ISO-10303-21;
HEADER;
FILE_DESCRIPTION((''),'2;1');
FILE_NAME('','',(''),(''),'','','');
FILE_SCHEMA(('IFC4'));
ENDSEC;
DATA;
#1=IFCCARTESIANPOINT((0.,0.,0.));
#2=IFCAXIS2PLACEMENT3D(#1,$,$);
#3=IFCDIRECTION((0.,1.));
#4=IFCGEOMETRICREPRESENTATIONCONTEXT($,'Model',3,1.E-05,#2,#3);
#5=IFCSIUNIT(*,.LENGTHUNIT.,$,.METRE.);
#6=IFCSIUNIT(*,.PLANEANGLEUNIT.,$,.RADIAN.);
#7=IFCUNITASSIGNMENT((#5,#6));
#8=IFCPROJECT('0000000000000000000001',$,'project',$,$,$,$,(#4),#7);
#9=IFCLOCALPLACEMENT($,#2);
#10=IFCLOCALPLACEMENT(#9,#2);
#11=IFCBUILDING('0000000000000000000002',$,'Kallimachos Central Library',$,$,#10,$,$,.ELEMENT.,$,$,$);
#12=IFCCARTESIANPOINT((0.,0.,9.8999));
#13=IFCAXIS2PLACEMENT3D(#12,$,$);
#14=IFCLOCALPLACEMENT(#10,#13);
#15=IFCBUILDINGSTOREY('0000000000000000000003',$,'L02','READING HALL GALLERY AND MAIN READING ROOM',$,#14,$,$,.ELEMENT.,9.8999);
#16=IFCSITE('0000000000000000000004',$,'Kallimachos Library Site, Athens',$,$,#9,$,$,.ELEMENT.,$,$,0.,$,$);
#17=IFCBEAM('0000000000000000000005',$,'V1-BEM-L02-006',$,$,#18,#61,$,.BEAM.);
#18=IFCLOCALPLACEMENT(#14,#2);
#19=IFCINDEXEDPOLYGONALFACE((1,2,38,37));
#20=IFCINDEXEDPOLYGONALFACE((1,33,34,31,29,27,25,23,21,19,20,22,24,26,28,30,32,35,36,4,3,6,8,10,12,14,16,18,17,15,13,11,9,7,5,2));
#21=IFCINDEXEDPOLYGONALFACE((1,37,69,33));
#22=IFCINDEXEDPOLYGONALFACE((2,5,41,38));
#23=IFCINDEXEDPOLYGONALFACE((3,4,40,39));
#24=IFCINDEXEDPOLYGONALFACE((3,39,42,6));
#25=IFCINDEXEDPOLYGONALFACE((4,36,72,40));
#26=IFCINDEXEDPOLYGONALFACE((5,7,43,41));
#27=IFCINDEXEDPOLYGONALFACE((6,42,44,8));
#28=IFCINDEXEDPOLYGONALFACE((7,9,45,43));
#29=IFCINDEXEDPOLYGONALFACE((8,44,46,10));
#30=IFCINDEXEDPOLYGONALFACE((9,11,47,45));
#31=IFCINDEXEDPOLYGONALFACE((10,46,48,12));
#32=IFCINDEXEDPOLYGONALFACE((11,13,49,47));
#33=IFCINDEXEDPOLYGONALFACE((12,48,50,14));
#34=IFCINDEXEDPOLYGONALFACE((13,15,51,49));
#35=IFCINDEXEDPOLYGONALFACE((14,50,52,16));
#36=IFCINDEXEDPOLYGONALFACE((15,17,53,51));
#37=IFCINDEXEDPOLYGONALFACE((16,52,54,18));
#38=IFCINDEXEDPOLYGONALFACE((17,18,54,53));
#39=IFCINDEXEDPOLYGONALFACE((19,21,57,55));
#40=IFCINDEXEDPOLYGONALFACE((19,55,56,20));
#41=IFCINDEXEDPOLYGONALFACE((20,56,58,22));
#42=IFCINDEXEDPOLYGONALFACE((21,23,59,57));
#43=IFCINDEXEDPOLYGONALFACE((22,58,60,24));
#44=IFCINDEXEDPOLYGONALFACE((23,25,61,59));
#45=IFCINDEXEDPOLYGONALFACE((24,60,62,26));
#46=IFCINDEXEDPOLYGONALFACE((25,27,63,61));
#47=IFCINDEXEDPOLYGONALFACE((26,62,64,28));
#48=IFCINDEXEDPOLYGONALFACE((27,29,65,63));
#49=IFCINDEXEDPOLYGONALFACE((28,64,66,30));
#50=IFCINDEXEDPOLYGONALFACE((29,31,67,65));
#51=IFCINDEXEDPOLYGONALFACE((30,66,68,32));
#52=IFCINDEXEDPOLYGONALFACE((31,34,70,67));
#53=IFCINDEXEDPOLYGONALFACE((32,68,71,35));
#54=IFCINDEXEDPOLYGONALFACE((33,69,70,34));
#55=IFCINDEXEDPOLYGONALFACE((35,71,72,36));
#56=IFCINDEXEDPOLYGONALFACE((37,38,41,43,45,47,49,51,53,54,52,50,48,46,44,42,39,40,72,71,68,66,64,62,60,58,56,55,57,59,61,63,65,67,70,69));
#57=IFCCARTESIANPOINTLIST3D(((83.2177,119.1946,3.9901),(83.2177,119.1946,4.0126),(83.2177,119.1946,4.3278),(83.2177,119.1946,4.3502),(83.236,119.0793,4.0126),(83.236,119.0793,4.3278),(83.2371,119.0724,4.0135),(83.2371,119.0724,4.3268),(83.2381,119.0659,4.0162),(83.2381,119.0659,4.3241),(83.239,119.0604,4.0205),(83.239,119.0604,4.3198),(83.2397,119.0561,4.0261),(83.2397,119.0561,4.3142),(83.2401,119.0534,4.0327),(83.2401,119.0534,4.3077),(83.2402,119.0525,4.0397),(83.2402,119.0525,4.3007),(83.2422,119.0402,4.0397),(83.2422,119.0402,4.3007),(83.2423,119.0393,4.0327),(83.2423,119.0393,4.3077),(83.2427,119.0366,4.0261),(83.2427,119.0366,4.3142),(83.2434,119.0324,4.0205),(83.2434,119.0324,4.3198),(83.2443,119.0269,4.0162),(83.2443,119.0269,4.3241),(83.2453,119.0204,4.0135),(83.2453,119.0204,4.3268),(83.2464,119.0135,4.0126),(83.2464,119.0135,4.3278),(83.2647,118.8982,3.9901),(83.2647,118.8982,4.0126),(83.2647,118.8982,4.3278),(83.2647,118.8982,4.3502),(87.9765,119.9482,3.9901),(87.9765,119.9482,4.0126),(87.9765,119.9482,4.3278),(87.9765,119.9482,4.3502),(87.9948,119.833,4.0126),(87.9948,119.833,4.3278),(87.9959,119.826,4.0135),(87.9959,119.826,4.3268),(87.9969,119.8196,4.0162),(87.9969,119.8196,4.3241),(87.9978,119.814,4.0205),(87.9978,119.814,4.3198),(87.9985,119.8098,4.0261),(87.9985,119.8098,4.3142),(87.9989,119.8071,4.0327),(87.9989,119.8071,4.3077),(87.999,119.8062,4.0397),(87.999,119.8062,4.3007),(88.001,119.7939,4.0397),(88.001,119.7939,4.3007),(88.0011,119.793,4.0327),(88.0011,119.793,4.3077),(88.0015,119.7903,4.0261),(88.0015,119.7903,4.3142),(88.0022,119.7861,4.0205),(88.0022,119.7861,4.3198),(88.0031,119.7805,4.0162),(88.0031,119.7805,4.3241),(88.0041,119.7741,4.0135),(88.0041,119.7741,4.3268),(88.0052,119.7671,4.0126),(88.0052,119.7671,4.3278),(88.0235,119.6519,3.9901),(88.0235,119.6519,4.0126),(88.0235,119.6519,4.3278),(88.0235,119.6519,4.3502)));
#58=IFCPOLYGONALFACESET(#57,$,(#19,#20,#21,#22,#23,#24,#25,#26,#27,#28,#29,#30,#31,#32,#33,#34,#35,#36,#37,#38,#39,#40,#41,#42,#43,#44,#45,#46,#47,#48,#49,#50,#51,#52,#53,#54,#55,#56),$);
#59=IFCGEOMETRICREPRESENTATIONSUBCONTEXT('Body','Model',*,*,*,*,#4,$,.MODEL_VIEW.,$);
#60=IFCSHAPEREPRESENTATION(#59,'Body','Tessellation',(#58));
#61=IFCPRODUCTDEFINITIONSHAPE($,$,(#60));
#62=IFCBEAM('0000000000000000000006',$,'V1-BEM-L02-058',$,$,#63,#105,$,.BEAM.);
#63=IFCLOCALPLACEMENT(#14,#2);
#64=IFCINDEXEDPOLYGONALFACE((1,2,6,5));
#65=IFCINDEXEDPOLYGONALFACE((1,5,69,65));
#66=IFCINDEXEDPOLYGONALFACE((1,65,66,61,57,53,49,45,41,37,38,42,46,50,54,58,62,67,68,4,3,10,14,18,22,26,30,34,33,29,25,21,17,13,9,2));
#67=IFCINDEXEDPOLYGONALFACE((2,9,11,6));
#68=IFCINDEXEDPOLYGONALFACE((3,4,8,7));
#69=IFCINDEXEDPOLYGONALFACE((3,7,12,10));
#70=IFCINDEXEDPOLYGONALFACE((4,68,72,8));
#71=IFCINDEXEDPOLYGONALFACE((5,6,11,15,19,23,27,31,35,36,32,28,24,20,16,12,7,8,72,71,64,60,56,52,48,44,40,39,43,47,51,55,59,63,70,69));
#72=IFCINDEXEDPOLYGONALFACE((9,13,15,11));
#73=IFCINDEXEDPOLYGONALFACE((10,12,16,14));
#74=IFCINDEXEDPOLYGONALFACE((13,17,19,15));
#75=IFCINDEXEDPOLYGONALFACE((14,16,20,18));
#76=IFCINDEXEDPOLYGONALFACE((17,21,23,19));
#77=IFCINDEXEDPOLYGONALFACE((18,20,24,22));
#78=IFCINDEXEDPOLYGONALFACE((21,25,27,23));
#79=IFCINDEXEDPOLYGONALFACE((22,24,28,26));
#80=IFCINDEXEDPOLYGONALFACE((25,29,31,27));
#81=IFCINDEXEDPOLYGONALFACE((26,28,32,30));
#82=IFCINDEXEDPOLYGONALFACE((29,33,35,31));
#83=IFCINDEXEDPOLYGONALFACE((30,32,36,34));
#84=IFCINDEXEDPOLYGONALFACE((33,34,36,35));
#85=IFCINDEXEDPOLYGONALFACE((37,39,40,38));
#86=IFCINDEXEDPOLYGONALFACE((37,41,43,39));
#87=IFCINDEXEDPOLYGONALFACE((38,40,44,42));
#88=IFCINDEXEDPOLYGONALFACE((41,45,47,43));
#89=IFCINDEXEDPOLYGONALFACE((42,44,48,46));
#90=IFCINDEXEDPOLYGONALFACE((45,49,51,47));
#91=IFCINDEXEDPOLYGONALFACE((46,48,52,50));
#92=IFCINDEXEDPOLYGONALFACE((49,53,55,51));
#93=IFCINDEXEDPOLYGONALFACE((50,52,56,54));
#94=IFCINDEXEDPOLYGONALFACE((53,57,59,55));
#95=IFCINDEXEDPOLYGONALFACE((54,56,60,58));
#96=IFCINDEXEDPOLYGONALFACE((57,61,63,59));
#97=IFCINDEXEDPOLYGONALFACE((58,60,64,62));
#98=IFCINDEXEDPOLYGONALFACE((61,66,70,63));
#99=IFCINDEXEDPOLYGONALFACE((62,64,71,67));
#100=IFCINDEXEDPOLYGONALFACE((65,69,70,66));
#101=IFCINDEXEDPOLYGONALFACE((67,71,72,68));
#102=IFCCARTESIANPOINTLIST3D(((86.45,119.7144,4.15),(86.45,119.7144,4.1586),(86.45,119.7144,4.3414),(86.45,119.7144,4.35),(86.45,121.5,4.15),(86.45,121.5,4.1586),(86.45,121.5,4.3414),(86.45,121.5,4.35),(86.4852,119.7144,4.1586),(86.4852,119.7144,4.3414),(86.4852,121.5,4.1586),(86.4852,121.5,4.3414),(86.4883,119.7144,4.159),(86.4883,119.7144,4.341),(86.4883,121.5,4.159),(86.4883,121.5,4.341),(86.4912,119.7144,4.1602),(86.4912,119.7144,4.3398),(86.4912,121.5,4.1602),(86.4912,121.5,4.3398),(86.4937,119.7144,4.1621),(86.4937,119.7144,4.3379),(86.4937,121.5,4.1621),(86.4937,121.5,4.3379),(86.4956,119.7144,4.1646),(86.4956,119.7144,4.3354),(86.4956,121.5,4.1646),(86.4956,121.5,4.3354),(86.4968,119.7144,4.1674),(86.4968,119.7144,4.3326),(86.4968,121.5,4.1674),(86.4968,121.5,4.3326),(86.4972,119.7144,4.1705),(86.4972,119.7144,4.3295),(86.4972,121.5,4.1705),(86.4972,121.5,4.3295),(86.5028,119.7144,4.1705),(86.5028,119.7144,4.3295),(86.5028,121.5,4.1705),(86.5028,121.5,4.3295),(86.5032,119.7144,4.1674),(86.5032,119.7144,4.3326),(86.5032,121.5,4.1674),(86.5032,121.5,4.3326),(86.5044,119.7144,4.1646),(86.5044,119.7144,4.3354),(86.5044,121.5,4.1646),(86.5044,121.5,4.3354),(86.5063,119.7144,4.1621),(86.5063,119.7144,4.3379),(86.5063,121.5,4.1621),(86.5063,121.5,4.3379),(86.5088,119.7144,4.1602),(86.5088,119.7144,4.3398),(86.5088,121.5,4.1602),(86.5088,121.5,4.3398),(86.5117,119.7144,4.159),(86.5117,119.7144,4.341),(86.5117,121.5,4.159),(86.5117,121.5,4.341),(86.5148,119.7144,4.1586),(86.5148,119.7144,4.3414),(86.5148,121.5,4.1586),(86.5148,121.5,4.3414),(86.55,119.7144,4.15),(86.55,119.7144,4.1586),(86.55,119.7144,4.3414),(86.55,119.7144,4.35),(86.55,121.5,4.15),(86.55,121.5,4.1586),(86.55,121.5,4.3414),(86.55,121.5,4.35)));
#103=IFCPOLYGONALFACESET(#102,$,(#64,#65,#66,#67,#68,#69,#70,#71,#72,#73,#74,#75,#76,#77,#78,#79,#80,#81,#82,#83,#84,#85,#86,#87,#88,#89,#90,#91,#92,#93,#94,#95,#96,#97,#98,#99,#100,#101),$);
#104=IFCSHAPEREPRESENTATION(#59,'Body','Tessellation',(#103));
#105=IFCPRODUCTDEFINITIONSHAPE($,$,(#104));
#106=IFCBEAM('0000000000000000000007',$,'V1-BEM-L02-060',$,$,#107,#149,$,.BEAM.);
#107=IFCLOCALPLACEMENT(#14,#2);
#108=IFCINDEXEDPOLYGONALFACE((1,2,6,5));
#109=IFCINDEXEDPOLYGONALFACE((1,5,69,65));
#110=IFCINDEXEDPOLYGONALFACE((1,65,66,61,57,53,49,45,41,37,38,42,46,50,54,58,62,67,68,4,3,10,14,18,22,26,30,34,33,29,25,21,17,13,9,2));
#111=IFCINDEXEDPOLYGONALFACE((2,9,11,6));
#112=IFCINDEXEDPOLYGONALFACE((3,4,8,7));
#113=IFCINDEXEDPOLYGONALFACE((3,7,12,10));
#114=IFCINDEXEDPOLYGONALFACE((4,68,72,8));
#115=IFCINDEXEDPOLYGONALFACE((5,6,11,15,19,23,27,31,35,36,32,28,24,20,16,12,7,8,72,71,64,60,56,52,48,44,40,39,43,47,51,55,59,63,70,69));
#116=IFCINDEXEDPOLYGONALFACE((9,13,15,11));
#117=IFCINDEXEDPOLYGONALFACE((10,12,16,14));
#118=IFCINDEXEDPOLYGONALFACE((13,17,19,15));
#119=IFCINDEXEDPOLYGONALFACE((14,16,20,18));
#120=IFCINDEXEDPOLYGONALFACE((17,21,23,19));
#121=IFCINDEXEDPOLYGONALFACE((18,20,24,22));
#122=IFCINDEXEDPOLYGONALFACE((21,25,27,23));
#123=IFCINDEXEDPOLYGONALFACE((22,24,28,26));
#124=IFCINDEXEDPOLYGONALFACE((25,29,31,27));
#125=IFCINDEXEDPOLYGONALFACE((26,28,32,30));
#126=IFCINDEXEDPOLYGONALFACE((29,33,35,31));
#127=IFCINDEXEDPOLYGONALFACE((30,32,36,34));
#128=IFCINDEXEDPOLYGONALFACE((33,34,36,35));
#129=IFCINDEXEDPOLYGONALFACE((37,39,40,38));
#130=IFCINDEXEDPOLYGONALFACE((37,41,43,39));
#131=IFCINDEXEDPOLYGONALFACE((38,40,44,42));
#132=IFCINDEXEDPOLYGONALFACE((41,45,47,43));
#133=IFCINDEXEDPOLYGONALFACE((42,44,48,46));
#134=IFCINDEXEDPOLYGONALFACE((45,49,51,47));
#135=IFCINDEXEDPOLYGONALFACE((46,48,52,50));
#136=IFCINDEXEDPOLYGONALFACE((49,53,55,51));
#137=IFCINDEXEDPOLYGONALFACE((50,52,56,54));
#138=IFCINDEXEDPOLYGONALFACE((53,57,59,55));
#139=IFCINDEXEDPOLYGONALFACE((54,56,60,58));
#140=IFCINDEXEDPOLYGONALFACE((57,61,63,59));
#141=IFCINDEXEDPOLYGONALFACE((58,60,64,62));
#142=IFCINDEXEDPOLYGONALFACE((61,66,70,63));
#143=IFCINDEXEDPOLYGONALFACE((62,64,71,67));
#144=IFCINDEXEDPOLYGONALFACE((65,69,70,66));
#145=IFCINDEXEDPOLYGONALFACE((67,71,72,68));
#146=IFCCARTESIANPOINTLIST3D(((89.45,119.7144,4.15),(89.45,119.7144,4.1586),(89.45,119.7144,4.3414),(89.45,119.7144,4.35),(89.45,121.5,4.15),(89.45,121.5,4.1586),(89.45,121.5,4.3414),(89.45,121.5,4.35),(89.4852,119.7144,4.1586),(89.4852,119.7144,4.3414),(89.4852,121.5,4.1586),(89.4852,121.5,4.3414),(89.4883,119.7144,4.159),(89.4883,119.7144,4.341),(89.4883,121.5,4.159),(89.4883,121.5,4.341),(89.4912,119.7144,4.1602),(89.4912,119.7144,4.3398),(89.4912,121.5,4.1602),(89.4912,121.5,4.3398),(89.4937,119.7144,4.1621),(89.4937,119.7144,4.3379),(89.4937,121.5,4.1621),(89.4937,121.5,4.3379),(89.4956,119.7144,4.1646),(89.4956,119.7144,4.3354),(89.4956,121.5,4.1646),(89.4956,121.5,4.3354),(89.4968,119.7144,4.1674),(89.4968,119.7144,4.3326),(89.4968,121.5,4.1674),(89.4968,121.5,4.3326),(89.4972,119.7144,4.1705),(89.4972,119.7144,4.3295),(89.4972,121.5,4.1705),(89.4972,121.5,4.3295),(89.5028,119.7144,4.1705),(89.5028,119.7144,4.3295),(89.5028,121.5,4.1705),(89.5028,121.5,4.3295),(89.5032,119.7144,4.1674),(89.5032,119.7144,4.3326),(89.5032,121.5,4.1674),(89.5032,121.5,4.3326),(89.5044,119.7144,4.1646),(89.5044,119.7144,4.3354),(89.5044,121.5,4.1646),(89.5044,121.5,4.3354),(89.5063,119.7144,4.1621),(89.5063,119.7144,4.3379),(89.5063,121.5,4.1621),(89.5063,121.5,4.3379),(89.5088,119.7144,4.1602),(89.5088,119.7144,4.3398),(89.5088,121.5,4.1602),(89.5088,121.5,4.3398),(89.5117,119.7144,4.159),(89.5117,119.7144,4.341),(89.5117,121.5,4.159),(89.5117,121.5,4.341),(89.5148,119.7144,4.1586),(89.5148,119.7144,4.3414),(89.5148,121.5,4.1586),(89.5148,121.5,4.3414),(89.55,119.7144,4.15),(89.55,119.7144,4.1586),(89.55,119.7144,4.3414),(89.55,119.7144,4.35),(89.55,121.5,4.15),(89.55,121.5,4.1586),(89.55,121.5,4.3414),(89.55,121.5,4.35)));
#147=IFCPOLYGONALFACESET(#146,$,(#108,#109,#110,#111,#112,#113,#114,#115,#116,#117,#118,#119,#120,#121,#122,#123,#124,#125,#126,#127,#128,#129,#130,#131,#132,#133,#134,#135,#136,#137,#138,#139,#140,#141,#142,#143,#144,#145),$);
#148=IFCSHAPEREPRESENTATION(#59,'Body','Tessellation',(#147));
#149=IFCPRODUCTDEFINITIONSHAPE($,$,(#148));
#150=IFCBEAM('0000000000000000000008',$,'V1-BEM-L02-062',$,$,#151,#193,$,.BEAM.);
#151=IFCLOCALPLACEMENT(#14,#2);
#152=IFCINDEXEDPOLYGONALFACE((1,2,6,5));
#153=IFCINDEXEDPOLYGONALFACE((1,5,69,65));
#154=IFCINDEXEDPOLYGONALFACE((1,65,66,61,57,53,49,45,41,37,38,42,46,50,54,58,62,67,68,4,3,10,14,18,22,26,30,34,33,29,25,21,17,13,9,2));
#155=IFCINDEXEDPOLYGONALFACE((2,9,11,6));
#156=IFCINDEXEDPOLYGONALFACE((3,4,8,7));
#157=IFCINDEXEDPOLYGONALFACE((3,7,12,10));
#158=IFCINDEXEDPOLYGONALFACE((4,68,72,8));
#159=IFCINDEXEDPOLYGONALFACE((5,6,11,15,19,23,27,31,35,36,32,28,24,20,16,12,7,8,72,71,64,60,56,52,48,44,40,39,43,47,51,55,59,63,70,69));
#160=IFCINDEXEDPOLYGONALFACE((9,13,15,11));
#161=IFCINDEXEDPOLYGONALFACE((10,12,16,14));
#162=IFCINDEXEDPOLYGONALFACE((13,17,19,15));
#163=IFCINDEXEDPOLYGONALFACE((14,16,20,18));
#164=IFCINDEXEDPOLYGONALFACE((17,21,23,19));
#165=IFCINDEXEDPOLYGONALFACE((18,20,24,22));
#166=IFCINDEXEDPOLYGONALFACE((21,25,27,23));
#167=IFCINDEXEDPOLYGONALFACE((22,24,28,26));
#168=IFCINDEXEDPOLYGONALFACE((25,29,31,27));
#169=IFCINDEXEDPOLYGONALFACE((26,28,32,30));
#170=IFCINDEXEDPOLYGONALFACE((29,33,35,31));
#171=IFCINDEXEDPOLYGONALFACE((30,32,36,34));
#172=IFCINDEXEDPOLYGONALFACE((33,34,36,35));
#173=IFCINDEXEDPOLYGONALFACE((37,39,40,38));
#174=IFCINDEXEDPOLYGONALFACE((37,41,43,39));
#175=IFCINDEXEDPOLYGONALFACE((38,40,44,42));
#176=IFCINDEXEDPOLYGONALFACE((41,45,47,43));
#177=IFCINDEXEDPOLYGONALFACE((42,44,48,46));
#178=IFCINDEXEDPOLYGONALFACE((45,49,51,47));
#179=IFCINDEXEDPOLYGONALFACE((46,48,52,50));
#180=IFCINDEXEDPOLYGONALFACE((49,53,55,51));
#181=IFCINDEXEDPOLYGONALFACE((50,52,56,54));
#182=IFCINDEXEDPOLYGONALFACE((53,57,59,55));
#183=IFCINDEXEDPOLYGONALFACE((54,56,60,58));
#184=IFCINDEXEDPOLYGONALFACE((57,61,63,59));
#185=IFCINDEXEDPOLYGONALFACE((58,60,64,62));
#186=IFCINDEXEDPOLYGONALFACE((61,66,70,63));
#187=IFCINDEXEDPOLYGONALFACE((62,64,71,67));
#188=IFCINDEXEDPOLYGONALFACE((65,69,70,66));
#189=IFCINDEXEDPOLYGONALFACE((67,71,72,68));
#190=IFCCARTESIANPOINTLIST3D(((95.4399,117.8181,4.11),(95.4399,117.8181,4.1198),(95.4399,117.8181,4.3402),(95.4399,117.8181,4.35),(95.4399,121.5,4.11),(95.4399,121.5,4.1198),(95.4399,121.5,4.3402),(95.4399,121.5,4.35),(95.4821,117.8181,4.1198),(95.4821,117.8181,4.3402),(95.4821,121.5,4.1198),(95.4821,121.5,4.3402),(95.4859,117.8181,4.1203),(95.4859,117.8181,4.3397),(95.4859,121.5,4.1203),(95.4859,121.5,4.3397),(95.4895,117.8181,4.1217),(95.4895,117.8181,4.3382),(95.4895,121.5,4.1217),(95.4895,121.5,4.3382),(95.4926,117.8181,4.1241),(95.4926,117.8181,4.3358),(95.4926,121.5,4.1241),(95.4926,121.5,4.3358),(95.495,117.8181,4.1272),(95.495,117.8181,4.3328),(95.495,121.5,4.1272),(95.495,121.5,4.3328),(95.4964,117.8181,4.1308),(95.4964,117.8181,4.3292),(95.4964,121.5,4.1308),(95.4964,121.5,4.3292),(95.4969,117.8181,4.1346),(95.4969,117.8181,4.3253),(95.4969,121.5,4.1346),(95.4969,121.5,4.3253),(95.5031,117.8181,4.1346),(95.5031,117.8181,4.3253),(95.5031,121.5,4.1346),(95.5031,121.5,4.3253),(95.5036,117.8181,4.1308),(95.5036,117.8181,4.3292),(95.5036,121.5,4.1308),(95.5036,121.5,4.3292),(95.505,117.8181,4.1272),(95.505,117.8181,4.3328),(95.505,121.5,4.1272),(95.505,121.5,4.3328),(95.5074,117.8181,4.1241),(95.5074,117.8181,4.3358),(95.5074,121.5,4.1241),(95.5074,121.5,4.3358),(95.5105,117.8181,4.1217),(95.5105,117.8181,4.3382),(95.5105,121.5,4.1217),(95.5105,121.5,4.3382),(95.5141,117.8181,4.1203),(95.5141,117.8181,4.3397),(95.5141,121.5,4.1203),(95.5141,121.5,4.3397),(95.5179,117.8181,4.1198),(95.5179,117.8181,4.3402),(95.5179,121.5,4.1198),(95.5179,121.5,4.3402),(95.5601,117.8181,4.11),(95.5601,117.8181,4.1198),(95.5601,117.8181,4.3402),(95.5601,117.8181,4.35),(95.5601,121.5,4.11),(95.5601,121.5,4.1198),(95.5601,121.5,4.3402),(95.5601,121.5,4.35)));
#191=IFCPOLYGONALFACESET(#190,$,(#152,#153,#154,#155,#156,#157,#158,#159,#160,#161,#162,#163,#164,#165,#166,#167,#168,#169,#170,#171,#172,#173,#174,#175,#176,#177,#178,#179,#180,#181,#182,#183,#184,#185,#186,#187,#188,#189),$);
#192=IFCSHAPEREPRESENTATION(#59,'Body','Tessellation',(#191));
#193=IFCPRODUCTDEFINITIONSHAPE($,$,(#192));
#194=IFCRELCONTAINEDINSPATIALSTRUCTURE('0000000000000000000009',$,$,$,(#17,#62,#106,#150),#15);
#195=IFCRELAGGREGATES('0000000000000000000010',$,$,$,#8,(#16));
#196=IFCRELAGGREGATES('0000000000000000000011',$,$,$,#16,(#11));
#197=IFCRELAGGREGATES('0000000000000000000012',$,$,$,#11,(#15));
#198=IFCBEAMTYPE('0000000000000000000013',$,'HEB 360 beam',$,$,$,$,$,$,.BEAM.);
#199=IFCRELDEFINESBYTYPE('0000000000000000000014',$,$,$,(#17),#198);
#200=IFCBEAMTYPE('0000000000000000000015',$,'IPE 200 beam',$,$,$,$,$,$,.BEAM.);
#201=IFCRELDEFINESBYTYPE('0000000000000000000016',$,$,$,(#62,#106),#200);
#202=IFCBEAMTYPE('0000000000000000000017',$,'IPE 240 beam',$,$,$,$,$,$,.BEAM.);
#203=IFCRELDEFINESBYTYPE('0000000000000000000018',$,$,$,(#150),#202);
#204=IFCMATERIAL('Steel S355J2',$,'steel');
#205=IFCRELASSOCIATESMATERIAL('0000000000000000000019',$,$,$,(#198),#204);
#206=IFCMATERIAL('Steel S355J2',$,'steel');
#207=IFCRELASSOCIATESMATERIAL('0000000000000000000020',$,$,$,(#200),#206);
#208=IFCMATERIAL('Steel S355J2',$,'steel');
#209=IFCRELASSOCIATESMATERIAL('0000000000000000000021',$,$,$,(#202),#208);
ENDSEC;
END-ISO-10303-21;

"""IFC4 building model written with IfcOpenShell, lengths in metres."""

from ifc_helpers import new_model, si_unit, direction, frame, origin, origin_2d, place, context, subcontext, project, spatial, i_section, extrude, material, material_profile, profile_set, type_object, element, save


model = new_model("IFC4")

# Units and contexts
model_context = context("Model", 3, precision=1e-05, world=origin(), true_north=direction((0.0, 1.0)))
body_context = subcontext(model_context, "Body", "Model", "MODEL_VIEW")
ifc_project = project(units=[si_unit("LENGTHUNIT", "METRE"), si_unit("PLANEANGLEUNIT", "RADIAN")], contexts=[model_context])

# Site, building, storey
site_placement = place(None, origin())
site = spatial("IfcSite", under=ifc_project, at=site_placement, Name="Kallimachos Library Site, Athens", CompositionType="ELEMENT", RefElevation=0.0)
building_placement = place(site_placement, origin())
building = spatial("IfcBuilding", under=site, at=building_placement, Name="Kallimachos Central Library", CompositionType="ELEMENT")
storey_placement = place(building_placement, frame((0.0, 0.0, 9.8999)))
storey = spatial("IfcBuildingStorey", under=building, at=storey_placement, Name="L02", Description="READING HALL GALLERY AND MAIN READING ROOM", CompositionType="ELEMENT", Elevation=9.8999)

# Beams
ifc_material_1 = material(Name="Steel S355J2", Category="steel")
ifc_material_profile_1 = material_profile(ifc_material_1, i_section(OverallWidth=0.3, OverallDepth=0.3601, WebThickness=0.0125, FlangeThickness=0.0225, FilletRadius=0.0271, at=origin_2d()), Name="HEB 360")
ifc_profile_set_1 = profile_set([ifc_material_profile_1], Name="Steel S355J2")
beam_type_1 = type_object("IfcBeamType", Name="HEB 360 beam", PredefinedType="BEAM", material=ifc_profile_set_1)
for number, where, z_axis, x_axis, name in (
    (1, (88.0, 119.8, 4.1702), (-0.98769, -0.156423, 0.0), (0.156423, -0.98769, 0.0), "V1-BEM-L02-006"),
):
    element("IfcBeam", number, at=place(storey_placement, frame(where, z_axis=z_axis, x_axis=x_axis)), inside=storey, type_object=beam_type_1, Name=name, PredefinedType="BEAM", context=body_context, shape_type="SweptSolid", body=[
        extrude(i_section(OverallWidth=0.3, OverallDepth=0.3601, WebThickness=0.0125, FlangeThickness=0.0225, FilletRadius=0.0271, at=origin_2d()), origin(), (0.0, 0.0, 1.0), 4.8181),
    ])
ifc_material_2 = material(Name="Steel S355J2", Category="steel")
ifc_material_profile_2 = material_profile(ifc_material_2, i_section(OverallWidth=0.1001, OverallDepth=0.2, WebThickness=0.0056, FlangeThickness=0.0085, FilletRadius=0.012, at=origin_2d()), Name="IPE 200")
ifc_profile_set_2 = profile_set([ifc_material_profile_2], Name="Steel S355J2")
beam_type_2 = type_object("IfcBeamType", Name="IPE 200 beam", PredefinedType="BEAM", material=ifc_profile_set_2)
for number, where, z_axis, x_axis, name in (
    (2, (86.5, 119.7144, 4.25), (0.0, 1.0, 0.0), (-1.0, 0.0, 0.0), "V1-BEM-L02-058"),
    (3, (89.5, 119.7144, 4.25), (0.0, 1.0, 0.0), (-1.0, 0.0, 0.0), "V1-BEM-L02-060"),
):
    element("IfcBeam", number, at=place(storey_placement, frame(where, z_axis=z_axis, x_axis=x_axis)), inside=storey, type_object=beam_type_2, Name=name, PredefinedType="BEAM", context=body_context, shape_type="SweptSolid", body=[
        extrude(i_section(OverallWidth=0.1001, OverallDepth=0.2, WebThickness=0.0056, FlangeThickness=0.0085, FilletRadius=0.012, at=origin_2d()), origin(), (0.0, 0.0, 1.0), 1.7856),
    ])
ifc_material_3 = material(Name="Steel S355J2", Category="steel")
ifc_material_profile_3 = material_profile(ifc_material_3, i_section(OverallWidth=0.1201, OverallDepth=0.24, WebThickness=0.0061, FlangeThickness=0.0098, FilletRadius=0.0149, at=origin_2d()), Name="IPE 240")
ifc_profile_set_3 = profile_set([ifc_material_profile_3], Name="Steel S355J2")
beam_type_3 = type_object("IfcBeamType", Name="IPE 240 beam", PredefinedType="BEAM", material=ifc_profile_set_3)
beam_1_placement = place(storey_placement, frame((95.5, 117.8181, 4.23), z_axis=(0.0, 1.0, 0.0), x_axis=(-1.0, 0.0, 0.0)))
element("IfcBeam", 4, at=beam_1_placement, inside=storey, type_object=beam_type_3, Name="V1-BEM-L02-062", PredefinedType="BEAM", context=body_context, shape_type="SweptSolid", body=[
    extrude(i_section(OverallWidth=0.1201, OverallDepth=0.24, WebThickness=0.0061, FlangeThickness=0.0098, FilletRadius=0.0149, at=origin_2d()), origin(), (0.0, 0.0, 1.0), 3.6819),
])

save(model, "model.ifc")
